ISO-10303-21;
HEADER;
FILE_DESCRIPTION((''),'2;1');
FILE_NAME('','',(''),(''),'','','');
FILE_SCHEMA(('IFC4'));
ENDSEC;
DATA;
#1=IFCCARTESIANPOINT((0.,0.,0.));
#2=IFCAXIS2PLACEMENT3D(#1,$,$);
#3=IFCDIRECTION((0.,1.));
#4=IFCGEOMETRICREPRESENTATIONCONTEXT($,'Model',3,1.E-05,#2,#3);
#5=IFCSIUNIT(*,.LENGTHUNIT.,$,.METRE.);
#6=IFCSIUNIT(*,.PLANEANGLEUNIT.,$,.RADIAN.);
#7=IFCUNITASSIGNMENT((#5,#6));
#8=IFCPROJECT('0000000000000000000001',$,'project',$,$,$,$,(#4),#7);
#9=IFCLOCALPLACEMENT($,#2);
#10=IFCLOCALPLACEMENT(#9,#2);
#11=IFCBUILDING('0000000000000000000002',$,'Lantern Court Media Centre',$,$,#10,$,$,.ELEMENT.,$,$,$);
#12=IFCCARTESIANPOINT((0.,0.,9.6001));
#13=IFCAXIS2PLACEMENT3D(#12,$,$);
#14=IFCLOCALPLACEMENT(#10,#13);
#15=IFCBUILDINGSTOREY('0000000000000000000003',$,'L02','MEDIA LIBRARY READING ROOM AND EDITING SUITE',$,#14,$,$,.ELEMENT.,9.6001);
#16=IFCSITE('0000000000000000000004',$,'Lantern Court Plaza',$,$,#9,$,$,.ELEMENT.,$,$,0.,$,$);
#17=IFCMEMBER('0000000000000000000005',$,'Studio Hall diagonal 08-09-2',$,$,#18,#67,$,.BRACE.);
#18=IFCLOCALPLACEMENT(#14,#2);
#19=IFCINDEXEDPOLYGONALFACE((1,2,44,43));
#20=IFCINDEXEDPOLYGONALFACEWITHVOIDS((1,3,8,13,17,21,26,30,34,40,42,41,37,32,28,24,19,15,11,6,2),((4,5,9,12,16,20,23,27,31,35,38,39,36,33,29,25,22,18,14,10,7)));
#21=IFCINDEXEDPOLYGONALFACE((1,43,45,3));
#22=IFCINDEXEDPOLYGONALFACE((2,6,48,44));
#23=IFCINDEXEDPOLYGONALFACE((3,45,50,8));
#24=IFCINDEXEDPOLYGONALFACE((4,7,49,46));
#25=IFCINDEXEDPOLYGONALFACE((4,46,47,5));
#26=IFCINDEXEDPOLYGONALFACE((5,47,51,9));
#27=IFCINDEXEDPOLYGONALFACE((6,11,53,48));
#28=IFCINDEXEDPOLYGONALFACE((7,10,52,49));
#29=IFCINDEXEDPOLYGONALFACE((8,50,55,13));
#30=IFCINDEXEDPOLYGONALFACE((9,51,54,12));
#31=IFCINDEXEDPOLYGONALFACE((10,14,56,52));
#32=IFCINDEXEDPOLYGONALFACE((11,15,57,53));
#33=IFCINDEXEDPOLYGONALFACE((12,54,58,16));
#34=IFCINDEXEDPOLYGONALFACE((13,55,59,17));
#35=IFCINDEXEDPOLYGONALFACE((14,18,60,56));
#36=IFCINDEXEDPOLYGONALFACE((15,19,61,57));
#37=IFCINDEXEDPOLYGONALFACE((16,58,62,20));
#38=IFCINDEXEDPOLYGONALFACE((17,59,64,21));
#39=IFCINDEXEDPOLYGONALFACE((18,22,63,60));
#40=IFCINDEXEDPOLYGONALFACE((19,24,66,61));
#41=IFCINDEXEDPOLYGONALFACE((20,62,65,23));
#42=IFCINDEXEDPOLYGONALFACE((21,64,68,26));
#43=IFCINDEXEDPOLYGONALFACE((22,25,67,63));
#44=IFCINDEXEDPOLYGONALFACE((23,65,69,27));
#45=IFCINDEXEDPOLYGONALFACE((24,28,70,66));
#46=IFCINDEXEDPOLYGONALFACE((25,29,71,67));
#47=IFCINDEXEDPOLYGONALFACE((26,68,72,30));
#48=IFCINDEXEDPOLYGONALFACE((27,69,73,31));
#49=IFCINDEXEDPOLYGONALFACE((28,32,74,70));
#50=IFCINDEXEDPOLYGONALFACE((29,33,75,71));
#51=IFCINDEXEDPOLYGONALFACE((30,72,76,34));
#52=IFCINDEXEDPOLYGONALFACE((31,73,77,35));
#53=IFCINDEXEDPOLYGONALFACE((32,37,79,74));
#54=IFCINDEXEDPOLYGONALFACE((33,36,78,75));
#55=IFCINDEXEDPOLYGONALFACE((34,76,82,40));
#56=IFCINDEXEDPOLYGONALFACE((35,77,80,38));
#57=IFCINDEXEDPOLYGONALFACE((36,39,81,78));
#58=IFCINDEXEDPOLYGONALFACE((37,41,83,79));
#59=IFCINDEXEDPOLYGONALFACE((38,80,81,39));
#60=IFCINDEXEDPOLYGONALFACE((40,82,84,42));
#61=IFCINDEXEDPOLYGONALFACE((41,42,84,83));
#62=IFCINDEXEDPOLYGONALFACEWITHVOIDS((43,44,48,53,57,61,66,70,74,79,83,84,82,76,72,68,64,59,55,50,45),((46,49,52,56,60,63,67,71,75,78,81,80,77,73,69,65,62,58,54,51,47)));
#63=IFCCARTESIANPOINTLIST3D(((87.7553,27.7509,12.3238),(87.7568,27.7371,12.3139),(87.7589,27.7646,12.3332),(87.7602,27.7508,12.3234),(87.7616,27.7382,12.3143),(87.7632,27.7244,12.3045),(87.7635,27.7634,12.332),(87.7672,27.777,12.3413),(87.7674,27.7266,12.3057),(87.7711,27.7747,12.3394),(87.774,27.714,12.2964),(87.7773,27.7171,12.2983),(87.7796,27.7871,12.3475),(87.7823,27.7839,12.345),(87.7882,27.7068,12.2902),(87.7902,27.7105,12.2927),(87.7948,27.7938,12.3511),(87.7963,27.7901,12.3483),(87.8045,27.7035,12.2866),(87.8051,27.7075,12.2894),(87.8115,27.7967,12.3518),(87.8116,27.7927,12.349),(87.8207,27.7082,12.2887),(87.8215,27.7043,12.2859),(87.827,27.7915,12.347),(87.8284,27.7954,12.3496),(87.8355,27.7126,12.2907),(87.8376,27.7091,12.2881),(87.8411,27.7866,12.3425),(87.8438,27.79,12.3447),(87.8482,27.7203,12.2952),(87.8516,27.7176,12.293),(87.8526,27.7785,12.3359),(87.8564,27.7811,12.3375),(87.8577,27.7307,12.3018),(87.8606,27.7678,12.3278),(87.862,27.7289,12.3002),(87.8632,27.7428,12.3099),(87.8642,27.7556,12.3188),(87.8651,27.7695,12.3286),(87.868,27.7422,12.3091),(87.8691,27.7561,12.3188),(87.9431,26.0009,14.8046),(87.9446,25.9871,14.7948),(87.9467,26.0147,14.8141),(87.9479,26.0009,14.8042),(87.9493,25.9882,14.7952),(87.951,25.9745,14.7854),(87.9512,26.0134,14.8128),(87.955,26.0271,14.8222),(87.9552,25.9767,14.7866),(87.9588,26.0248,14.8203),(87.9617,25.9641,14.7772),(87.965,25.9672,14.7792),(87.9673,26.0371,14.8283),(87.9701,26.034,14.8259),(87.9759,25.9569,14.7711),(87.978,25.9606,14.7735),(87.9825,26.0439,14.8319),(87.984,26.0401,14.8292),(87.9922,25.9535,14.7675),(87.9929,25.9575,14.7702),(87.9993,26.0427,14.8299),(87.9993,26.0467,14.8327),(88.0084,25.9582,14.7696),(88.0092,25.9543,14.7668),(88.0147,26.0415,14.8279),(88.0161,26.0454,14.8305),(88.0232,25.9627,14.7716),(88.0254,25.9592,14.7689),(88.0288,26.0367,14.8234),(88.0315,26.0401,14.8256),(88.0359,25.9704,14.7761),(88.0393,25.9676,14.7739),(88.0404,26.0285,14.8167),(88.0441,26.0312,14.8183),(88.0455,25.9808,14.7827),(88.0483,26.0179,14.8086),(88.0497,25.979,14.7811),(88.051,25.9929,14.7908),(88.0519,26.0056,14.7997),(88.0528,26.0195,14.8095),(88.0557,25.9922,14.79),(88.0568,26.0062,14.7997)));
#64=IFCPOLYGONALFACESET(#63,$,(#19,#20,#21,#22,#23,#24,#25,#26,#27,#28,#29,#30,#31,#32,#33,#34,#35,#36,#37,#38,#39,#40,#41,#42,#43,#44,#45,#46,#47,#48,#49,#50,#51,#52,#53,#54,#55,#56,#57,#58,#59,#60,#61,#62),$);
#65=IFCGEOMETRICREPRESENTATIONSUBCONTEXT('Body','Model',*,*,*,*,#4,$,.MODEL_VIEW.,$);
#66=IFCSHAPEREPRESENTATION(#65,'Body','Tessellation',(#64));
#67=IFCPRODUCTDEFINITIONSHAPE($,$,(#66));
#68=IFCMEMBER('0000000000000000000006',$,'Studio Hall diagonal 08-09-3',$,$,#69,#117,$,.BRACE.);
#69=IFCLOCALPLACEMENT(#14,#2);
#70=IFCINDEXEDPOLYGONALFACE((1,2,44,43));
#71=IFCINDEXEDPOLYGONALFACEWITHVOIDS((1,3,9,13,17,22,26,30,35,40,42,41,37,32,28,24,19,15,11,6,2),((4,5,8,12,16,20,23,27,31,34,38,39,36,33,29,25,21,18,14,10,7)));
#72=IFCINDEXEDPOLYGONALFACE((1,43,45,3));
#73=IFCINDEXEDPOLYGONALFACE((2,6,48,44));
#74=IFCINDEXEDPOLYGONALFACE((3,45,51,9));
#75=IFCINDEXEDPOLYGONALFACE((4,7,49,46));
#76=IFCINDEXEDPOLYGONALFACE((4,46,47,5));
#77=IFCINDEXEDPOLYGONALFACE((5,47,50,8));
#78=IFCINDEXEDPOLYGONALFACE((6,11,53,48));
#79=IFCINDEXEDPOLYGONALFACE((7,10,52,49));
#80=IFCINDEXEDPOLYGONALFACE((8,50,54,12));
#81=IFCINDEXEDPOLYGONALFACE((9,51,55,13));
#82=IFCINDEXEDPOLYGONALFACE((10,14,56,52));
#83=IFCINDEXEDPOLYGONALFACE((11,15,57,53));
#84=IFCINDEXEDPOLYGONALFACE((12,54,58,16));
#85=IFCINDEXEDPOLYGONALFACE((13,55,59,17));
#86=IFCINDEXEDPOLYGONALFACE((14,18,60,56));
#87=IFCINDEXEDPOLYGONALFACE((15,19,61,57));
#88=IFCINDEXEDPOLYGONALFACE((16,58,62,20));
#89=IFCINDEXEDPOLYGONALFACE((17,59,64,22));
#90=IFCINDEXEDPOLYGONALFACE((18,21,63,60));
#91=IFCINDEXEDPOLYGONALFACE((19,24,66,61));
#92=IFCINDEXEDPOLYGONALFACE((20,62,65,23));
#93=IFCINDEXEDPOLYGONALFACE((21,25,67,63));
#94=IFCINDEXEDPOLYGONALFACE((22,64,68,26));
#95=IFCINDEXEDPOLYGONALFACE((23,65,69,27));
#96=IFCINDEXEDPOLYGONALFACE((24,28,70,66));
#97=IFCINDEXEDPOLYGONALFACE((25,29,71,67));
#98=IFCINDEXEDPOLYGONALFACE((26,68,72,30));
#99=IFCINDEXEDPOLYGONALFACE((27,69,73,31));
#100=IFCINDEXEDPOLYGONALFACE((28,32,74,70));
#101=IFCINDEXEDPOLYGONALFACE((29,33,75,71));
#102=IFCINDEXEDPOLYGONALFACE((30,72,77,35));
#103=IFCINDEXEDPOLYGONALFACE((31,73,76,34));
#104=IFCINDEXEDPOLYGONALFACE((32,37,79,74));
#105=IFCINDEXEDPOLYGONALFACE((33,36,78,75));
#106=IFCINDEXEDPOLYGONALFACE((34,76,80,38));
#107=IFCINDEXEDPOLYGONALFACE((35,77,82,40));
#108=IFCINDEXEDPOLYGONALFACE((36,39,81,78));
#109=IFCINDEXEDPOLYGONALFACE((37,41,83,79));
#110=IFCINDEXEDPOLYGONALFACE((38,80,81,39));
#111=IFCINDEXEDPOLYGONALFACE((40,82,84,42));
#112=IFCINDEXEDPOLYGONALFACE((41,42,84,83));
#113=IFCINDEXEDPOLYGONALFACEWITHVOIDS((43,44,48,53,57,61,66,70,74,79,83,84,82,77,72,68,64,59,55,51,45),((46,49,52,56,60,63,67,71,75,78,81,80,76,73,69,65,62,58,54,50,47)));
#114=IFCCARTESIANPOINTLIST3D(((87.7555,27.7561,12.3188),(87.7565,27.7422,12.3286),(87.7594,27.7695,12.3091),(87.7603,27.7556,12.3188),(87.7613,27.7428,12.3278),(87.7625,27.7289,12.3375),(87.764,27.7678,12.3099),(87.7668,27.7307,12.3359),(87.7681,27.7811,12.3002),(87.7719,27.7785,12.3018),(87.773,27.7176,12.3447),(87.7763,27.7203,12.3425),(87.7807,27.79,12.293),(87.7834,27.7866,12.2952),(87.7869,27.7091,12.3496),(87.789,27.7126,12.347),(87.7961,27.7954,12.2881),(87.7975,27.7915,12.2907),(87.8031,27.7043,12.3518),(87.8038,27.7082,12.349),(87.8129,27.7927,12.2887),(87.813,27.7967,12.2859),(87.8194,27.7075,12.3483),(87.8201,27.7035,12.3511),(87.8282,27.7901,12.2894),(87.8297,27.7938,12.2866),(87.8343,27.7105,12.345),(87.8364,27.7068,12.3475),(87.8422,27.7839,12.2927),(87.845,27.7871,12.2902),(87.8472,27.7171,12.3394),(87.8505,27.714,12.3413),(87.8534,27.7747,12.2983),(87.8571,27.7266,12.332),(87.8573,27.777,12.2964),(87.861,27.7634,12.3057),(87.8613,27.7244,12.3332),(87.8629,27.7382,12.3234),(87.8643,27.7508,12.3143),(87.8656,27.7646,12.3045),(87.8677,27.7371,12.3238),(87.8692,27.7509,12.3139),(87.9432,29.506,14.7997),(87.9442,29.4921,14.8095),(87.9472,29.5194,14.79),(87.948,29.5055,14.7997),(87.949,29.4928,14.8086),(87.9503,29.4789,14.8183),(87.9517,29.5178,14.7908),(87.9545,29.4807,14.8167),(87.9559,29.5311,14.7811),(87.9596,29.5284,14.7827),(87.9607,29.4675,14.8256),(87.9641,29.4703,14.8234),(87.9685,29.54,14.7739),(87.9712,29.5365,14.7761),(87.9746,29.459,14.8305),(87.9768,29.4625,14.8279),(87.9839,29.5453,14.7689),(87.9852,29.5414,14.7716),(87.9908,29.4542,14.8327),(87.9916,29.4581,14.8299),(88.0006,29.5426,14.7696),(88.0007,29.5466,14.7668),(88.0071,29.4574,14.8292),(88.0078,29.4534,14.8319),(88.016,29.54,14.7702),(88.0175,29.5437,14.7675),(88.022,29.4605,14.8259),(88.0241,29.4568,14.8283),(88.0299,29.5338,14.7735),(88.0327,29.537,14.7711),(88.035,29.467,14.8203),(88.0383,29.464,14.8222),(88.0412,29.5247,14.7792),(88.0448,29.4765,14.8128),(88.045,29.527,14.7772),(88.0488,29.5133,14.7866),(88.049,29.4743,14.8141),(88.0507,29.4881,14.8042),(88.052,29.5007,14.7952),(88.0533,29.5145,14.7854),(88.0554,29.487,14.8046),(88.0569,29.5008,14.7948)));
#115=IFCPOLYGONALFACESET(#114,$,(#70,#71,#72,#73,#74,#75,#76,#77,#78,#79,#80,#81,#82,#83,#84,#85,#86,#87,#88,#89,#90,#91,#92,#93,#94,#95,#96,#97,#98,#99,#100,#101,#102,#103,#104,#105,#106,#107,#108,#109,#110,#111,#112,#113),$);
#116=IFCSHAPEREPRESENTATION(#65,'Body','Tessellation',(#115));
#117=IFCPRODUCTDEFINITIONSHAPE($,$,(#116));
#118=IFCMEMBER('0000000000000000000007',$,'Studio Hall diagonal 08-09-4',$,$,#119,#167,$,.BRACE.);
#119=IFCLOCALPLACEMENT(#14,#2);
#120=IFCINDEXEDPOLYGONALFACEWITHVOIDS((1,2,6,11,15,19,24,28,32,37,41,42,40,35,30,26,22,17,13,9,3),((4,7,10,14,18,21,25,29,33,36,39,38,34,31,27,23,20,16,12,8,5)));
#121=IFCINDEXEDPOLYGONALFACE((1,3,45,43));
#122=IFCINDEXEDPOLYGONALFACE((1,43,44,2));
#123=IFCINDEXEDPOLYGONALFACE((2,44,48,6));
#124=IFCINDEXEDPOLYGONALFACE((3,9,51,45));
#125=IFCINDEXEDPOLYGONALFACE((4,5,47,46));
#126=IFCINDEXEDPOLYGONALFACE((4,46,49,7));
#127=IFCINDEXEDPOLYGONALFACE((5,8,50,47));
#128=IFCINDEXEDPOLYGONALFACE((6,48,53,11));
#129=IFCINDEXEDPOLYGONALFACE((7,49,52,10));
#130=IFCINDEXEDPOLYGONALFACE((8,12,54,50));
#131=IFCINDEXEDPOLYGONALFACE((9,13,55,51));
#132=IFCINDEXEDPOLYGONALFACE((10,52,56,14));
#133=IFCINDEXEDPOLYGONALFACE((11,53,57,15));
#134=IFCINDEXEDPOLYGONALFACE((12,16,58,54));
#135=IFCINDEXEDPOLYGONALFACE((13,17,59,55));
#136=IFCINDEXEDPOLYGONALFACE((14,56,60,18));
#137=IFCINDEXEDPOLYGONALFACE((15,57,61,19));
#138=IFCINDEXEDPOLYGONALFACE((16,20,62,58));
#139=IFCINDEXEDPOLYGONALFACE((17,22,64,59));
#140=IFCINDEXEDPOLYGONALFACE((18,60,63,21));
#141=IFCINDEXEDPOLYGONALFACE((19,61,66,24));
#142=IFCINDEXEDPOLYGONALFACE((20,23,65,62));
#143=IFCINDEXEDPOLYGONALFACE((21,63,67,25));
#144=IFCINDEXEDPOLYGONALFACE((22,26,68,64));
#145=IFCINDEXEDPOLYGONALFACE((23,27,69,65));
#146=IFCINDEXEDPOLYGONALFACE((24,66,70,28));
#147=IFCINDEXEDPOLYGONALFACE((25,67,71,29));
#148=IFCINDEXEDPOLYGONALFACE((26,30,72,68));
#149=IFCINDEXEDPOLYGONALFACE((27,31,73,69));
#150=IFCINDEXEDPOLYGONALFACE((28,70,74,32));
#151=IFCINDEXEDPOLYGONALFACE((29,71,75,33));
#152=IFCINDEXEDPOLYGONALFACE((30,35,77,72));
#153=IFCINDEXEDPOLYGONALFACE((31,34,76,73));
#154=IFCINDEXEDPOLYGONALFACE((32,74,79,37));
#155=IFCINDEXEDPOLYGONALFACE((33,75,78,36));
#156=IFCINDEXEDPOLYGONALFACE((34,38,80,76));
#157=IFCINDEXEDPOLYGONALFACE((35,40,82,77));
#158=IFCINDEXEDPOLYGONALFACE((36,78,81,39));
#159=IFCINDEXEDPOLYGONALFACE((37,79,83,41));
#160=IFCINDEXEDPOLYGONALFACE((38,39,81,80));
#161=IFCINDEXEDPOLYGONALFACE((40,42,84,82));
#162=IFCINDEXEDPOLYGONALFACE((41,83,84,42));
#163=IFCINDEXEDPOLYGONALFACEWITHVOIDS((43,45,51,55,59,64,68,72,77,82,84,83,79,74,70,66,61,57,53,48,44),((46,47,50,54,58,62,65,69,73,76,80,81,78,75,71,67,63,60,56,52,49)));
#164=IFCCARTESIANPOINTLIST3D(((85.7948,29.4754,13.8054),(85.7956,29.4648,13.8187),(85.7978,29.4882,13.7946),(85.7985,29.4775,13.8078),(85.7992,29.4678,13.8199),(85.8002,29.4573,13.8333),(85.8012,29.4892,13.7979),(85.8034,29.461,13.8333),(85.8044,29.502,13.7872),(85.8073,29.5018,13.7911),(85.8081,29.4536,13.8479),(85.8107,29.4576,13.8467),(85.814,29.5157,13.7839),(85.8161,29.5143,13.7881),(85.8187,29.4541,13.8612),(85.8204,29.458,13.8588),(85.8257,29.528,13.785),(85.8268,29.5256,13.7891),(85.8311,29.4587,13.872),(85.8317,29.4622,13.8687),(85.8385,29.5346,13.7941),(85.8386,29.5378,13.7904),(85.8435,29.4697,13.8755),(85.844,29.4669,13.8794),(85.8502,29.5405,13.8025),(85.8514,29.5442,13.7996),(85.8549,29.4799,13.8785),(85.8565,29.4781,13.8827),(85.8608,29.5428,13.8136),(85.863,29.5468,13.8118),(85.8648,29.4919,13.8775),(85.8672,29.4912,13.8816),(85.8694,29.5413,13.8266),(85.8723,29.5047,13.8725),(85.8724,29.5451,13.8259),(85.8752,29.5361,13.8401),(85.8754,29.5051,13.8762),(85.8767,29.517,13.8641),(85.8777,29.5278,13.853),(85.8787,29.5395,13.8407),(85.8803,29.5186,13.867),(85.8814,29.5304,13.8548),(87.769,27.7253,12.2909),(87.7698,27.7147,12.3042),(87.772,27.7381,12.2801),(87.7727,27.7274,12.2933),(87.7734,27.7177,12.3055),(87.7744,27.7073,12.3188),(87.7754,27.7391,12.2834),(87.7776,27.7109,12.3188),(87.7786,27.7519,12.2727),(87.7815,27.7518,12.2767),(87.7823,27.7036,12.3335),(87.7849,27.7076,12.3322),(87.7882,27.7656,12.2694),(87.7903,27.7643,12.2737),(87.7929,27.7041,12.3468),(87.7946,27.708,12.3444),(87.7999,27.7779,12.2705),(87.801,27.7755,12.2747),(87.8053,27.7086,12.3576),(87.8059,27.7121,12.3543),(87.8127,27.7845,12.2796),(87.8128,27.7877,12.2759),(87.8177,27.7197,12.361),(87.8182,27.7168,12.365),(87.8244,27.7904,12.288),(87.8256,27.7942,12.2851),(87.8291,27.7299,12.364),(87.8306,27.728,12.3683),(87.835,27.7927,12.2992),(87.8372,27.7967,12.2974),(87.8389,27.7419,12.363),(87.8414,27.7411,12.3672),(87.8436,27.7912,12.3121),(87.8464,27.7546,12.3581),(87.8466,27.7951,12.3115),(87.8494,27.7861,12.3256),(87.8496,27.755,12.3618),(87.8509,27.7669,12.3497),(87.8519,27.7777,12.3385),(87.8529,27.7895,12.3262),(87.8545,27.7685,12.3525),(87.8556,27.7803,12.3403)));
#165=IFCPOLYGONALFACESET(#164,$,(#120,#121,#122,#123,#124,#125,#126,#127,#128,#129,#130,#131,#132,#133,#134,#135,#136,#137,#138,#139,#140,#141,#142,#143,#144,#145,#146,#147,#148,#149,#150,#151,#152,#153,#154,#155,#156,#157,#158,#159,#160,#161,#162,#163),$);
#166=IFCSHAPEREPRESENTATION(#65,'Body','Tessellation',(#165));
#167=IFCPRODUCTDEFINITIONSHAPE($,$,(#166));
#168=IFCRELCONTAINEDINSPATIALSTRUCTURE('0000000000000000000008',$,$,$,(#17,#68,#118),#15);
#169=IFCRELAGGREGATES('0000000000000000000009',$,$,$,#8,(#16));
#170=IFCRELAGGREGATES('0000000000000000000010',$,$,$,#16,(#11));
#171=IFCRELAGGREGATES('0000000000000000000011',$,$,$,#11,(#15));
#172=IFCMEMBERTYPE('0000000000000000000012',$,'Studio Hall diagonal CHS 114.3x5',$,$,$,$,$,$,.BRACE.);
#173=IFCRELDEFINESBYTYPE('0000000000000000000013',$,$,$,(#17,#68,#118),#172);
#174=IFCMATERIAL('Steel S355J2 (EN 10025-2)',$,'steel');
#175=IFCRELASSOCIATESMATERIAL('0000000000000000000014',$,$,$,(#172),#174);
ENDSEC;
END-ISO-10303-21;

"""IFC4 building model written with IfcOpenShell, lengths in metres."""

from ifc_helpers import new_model, si_unit, direction, frame, origin, origin_2d, place, context, subcontext, project, spatial, hollow_circle, extrude, material, material_profile, profile_set, type_object, element, save


model = new_model("IFC4")

# Units and contexts
model_context = context("Model", 3, precision=1e-05, world=origin(), true_north=direction((0.0, 1.0)))
body_context = subcontext(model_context, "Body", "Model", "MODEL_VIEW")
ifc_project = project(units=[si_unit("LENGTHUNIT", "METRE"), si_unit("PLANEANGLEUNIT", "RADIAN")], contexts=[model_context])

# Site, building, storey
site_placement = place(None, origin())
site = spatial("IfcSite", under=ifc_project, at=site_placement, Name="Lantern Court Plaza", CompositionType="ELEMENT", RefElevation=0.0)
building_placement = place(site_placement, origin())
building = spatial("IfcBuilding", under=site, at=building_placement, Name="Lantern Court Media Centre", CompositionType="ELEMENT")
storey_placement = place(building_placement, frame((0.0, 0.0, 9.6001)))
storey = spatial("IfcBuildingStorey", under=building, at=storey_placement, Name="L02", Description="MEDIA LIBRARY READING ROOM AND EDITING SUITE", CompositionType="ELEMENT", Elevation=9.6001)

# Members
ifc_material = material(Name="Steel S355J2 (EN 10025-2)", Category="steel")
ifc_material_profile_1 = material_profile(ifc_material, hollow_circle(Radius=0.0571, WallThickness=0.0049, at=origin_2d()), Name="Studio Hall diagonal CHS 114.3x5")
ifc_profile_set_1 = profile_set([ifc_material_profile_1], Name="Steel S355J2 (EN 10025-2)")
member_type_1 = type_object("IfcMemberType", Name="Studio Hall diagonal CHS 114.3x5", PredefinedType="BRACE", material=ifc_profile_set_1)
for number, where, z_axis, x_axis, name in (
    (1, (87.8123, 27.75, 12.3188), (0.06172, -0.575306, 0.815606), (0.994294, 0.10667, 0.0), "Studio Hall diagonal 08-09-2"),
    (2, (87.8123, 27.75, 12.3188), (0.06172, 0.575306, 0.815606), (-0.994294, 0.10667, 0.0), "Studio Hall diagonal 08-09-3"),
):
    element("IfcMember", number, at=place(storey_placement, frame(where, z_axis=z_axis, x_axis=x_axis)), inside=storey, type_object=member_type_1, Name=name, PredefinedType="BRACE", context=body_context, shape_type="SweptSolid", body=[
        extrude(hollow_circle(Radius=0.0571, WallThickness=0.0049, at=origin_2d()), origin(), (0.0, 0.0, 1.0), 3.0417),
    ])
member_1_placement = place(storey_placement, frame((87.8123, 27.75, 12.3188), z_axis=(-0.648979, 0.575301, 0.49785), x_axis=(-0.663352, -0.748307, 0.0)))
element("IfcMember", 3, at=member_1_placement, inside=storey, type_object=member_type_1, Name="Studio Hall diagonal 08-09-4", PredefinedType="BRACE", context=body_context, shape_type="SweptSolid", body=[
    extrude(hollow_circle(Radius=0.0571, WallThickness=0.0049, at=origin_2d()), origin(), (0.0, 0.0, 1.0), 3.042),
])

save(model, "model.ifc")
